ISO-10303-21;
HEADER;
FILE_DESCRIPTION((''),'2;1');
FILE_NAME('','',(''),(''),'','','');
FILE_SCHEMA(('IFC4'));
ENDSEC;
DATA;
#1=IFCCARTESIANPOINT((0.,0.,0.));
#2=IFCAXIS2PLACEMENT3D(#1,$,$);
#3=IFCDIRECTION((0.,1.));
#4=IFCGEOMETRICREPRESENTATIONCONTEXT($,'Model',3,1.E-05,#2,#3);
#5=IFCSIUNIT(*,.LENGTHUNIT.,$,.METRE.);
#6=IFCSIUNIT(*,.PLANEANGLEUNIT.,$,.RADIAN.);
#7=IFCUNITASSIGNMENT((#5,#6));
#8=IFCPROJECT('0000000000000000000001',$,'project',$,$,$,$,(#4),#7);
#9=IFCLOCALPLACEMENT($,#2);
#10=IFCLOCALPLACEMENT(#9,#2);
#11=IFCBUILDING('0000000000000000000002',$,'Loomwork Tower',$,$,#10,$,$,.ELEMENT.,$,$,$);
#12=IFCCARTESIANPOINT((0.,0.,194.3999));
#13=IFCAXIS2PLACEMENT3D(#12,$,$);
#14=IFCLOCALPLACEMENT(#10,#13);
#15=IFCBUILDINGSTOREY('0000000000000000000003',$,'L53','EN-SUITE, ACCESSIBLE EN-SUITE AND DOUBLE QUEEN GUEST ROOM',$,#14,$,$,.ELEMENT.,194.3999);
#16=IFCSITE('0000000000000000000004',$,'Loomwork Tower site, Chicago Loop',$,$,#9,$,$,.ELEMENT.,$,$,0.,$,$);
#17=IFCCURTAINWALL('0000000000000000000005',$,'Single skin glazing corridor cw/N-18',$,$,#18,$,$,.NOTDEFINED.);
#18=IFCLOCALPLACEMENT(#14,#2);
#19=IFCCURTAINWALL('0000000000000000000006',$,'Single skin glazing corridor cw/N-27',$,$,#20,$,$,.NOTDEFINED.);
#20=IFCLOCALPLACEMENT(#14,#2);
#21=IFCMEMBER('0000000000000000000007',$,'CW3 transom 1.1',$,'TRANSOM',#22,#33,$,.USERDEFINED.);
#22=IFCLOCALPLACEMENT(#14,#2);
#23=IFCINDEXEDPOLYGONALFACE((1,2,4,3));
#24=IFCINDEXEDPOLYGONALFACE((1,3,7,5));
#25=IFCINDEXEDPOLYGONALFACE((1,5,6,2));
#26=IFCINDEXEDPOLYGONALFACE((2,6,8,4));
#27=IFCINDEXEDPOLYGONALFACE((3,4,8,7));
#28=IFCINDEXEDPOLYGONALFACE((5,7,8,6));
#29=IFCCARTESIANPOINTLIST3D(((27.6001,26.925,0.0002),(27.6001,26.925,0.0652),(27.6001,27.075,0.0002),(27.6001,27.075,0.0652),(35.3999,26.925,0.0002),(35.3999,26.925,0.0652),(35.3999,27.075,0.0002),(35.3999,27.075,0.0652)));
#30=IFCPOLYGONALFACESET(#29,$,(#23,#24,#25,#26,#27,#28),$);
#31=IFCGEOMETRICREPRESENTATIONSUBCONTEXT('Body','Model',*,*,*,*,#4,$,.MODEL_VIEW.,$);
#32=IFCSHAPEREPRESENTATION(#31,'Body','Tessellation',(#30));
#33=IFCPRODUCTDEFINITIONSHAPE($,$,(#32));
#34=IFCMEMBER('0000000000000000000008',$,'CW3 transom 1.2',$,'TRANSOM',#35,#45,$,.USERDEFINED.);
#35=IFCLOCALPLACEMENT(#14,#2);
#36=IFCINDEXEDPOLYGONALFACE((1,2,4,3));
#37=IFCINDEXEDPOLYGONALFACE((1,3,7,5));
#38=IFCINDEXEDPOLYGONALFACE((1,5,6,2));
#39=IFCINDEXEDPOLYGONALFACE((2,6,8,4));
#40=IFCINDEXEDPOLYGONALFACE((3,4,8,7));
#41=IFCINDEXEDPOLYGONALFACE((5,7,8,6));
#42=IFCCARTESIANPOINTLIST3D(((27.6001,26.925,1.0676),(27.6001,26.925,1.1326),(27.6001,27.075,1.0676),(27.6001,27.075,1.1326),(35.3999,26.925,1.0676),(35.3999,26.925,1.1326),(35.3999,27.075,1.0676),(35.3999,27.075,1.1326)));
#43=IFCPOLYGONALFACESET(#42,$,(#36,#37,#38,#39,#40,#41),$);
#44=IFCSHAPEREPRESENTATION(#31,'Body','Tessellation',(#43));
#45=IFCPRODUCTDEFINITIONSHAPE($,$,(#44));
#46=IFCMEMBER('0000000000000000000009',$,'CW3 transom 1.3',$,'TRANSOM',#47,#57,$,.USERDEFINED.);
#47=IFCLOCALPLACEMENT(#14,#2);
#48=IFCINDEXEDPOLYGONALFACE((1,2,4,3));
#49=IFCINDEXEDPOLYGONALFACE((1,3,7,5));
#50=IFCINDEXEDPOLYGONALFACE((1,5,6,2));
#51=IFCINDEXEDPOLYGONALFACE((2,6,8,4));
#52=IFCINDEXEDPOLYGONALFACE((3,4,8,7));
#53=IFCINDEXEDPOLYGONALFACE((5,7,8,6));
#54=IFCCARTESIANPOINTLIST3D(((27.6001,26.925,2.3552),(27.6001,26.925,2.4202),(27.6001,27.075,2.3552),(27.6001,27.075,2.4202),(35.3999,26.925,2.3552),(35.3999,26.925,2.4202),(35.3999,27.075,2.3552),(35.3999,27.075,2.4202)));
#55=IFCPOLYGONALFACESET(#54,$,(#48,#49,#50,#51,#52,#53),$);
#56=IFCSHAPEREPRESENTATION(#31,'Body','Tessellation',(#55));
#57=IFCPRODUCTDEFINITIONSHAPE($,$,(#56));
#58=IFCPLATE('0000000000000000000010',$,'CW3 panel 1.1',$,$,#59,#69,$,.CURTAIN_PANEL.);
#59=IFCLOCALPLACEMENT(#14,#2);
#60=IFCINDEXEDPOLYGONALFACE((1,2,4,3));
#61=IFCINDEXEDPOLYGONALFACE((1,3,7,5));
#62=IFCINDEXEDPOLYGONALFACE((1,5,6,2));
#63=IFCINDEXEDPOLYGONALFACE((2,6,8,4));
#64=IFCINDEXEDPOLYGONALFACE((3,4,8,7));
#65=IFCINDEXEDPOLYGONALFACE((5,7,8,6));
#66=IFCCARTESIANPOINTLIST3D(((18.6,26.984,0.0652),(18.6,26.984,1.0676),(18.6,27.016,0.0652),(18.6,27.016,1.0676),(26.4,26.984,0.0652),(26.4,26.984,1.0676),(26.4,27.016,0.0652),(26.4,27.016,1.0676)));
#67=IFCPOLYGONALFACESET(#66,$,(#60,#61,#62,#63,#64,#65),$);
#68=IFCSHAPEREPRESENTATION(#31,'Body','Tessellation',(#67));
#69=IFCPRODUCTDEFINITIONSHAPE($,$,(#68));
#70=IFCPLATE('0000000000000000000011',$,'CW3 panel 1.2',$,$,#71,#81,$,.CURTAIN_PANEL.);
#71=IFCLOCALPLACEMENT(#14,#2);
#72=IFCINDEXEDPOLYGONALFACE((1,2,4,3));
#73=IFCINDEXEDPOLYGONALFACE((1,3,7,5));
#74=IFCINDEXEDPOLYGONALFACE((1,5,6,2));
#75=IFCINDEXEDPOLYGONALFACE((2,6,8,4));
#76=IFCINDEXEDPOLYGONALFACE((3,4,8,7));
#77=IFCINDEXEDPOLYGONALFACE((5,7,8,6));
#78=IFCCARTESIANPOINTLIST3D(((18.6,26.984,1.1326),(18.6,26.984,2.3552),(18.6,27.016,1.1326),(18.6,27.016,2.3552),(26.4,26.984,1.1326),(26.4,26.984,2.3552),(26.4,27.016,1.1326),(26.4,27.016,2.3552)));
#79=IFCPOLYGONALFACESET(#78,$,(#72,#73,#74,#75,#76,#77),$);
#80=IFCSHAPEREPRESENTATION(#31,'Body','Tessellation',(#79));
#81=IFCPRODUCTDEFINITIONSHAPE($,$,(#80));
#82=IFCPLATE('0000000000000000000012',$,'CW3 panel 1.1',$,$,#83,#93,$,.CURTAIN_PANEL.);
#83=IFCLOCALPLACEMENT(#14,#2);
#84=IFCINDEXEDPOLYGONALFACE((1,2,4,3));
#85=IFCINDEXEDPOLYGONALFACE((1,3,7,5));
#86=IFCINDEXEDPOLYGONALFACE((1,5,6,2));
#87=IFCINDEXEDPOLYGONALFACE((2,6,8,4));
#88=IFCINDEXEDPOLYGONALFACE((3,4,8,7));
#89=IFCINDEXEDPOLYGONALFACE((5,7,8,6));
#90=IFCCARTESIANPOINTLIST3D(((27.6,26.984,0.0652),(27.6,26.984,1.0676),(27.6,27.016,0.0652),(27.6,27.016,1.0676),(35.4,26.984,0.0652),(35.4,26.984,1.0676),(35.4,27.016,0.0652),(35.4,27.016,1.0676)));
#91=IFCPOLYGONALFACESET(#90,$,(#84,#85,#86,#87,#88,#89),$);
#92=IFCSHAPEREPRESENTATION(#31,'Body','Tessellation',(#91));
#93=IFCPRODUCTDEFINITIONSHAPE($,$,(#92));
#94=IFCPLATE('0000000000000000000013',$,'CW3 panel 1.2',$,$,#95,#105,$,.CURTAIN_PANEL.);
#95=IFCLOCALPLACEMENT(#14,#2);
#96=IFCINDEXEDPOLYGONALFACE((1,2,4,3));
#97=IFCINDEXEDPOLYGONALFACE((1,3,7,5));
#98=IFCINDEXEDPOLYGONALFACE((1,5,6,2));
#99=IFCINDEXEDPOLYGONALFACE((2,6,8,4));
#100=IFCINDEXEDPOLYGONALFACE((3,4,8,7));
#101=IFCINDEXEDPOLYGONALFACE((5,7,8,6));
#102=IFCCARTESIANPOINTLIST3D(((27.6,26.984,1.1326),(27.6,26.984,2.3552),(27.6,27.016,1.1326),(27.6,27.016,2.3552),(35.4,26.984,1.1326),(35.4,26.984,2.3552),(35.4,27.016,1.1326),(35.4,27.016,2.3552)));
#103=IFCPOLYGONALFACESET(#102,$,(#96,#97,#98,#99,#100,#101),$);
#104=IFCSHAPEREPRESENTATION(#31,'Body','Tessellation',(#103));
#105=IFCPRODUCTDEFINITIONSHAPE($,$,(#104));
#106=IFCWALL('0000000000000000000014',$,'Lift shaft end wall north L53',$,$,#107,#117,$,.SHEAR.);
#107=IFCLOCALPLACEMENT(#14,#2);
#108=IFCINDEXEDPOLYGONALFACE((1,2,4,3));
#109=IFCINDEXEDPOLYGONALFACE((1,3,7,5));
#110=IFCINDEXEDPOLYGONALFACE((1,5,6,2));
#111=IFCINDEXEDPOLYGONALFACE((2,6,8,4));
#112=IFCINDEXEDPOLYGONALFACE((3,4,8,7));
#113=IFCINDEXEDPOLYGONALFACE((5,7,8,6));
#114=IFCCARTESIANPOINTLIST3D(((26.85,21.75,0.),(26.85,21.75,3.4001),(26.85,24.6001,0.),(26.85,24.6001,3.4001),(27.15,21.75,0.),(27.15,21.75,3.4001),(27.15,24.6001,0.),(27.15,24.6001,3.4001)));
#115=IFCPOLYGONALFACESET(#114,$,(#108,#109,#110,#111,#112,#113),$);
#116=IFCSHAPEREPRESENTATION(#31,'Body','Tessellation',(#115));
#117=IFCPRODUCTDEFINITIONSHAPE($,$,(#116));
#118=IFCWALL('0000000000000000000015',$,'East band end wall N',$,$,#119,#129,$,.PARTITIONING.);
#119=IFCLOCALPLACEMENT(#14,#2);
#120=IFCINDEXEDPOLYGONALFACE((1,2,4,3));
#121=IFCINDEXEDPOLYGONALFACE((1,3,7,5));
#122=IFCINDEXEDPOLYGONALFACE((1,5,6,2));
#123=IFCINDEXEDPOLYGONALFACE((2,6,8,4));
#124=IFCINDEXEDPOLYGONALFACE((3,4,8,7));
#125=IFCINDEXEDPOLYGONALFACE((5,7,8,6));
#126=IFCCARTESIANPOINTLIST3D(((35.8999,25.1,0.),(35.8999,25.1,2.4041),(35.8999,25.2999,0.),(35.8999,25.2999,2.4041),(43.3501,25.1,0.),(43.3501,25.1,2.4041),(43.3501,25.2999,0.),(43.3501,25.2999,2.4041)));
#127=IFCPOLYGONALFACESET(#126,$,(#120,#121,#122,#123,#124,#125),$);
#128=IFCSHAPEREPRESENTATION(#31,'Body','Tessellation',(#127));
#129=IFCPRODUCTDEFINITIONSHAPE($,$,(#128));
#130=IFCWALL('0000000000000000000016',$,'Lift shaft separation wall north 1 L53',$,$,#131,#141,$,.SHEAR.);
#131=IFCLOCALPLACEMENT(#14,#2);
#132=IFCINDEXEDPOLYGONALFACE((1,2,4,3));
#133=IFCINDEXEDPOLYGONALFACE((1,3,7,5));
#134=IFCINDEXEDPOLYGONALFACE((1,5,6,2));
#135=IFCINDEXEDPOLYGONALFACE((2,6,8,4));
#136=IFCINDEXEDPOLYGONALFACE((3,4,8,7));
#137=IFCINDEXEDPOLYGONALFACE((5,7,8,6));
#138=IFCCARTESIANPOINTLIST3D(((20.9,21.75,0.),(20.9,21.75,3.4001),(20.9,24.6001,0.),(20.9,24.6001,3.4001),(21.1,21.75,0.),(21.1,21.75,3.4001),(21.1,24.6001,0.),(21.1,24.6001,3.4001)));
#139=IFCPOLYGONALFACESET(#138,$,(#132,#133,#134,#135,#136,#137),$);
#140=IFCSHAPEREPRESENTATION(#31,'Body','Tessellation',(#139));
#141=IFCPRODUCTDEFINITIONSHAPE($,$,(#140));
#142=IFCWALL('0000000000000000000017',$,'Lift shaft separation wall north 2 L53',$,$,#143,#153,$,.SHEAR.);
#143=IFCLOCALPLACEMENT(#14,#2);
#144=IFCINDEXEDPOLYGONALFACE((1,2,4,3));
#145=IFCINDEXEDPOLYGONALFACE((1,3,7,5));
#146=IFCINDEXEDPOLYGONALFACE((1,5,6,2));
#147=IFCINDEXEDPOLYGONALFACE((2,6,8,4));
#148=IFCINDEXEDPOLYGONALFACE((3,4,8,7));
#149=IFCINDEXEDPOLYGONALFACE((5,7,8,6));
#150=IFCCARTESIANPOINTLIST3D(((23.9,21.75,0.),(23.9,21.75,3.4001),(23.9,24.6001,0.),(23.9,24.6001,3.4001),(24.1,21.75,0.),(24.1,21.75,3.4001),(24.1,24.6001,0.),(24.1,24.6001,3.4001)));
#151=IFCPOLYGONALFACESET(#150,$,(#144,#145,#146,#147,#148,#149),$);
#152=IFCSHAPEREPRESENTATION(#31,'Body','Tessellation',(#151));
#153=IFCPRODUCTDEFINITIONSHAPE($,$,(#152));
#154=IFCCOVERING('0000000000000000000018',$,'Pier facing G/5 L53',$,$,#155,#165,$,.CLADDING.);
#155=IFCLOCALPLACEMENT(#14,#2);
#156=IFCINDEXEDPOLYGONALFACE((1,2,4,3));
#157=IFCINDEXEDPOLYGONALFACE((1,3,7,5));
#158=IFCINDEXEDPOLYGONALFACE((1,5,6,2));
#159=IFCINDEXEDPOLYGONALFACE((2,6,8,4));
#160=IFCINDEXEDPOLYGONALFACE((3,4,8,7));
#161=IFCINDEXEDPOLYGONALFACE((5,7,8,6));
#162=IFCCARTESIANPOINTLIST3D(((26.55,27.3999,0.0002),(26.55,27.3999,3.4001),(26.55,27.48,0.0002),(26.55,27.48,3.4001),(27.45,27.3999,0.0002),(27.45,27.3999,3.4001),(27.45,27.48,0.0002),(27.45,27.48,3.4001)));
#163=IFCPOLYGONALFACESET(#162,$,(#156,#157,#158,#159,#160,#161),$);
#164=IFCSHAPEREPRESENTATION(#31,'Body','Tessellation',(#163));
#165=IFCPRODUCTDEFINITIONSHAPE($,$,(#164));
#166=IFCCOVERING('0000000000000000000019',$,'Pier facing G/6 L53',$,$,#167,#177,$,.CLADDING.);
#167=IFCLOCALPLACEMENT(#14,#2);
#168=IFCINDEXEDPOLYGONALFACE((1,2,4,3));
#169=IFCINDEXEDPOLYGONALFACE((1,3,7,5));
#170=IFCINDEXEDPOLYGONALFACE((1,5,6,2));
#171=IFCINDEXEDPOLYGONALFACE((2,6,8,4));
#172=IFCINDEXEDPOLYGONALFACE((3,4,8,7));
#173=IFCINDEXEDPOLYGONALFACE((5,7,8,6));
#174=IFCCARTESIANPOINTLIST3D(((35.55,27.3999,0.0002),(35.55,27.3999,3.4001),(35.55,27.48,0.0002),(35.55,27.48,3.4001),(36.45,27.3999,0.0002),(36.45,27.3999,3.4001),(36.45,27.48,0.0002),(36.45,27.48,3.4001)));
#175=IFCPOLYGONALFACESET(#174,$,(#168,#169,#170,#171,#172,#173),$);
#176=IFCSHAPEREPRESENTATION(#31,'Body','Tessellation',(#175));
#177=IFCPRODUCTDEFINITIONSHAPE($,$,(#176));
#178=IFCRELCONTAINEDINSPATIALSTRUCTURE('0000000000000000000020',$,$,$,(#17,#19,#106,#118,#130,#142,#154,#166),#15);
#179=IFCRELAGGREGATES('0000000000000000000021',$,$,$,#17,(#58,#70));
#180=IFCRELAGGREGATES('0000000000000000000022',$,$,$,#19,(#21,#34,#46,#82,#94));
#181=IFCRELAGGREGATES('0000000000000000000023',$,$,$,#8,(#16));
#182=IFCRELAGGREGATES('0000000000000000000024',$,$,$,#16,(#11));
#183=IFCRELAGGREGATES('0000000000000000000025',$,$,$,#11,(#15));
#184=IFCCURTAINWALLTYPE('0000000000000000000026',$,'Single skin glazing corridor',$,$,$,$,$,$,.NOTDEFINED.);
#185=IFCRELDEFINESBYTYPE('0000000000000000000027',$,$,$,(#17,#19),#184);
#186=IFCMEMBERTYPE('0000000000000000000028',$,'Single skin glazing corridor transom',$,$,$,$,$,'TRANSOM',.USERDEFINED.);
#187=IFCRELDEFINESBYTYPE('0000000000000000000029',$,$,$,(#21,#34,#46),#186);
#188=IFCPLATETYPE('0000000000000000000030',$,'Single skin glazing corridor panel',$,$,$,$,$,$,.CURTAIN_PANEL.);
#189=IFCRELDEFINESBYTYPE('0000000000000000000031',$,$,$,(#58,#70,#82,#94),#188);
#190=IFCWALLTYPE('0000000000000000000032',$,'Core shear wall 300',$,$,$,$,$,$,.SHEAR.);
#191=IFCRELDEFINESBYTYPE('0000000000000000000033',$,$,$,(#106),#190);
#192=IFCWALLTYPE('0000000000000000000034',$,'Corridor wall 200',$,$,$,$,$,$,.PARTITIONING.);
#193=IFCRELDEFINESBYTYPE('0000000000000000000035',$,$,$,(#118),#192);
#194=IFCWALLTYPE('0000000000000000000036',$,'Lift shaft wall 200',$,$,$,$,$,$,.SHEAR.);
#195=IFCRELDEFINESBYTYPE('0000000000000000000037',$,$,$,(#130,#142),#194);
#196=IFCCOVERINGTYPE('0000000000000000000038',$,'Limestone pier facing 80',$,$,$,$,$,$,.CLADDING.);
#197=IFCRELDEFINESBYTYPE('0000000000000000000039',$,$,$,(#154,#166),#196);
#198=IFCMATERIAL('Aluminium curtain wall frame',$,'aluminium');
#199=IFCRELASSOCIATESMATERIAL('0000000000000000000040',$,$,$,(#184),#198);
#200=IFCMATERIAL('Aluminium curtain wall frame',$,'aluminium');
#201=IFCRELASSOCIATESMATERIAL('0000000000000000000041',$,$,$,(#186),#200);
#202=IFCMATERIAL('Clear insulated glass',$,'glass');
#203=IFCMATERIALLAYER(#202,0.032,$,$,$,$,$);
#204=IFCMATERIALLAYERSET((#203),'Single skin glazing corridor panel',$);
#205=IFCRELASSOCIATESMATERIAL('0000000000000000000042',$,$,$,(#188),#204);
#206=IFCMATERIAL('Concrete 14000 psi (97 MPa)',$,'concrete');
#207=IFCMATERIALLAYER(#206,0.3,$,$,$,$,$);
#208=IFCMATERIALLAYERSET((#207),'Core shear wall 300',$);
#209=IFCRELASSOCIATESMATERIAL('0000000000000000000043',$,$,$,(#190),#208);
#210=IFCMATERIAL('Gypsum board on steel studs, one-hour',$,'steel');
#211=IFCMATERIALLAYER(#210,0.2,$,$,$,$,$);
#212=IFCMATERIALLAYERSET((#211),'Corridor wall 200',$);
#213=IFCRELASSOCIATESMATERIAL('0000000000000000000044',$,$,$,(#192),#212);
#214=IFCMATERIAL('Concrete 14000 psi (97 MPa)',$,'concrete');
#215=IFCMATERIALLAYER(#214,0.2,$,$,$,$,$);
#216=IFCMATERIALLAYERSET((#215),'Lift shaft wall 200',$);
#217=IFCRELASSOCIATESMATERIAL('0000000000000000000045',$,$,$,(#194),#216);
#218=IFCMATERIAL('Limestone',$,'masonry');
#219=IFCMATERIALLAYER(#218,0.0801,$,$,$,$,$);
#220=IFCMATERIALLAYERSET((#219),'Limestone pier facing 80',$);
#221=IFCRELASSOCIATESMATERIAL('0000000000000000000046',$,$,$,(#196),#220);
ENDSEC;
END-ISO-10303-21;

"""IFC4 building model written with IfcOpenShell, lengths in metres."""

from ifc_helpers import new_model, si_unit, direction, frame, frame_2d, origin, origin_2d, place, context, subcontext, project, spatial, rectangle, extrude, material, layer, layer_set, material_profile, profile_set, type_object, element, aggregate, save


model = new_model("IFC4")

# Units and contexts
model_context = context("Model", 3, precision=1e-05, world=origin(), true_north=direction((0.0, 1.0)))
body_context = subcontext(model_context, "Body", "Model", "MODEL_VIEW")
ifc_project = project(units=[si_unit("LENGTHUNIT", "METRE"), si_unit("PLANEANGLEUNIT", "RADIAN")], contexts=[model_context])

# Site, building, storey
site_placement = place(None, origin())
site = spatial("IfcSite", under=ifc_project, at=site_placement, Name="Loomwork Tower site, Chicago Loop", CompositionType="ELEMENT", RefElevation=0.0)
building_placement = place(site_placement, origin())
building = spatial("IfcBuilding", under=site, at=building_placement, Name="Loomwork Tower", CompositionType="ELEMENT")
storey_placement = place(building_placement, frame((0.0, 0.0, 194.3999)))
storey = spatial("IfcBuildingStorey", under=building, at=storey_placement, Name="L53", Description="EN-SUITE, ACCESSIBLE EN-SUITE AND DOUBLE QUEEN GUEST ROOM", CompositionType="ELEMENT", Elevation=194.3999)

# Curtain wall
ifc_material_1 = material(Name="Aluminium curtain wall frame", Category="aluminium")
curtain_wall_type = type_object("IfcCurtainWallType", Name="Single skin glazing corridor", PredefinedType="NOTDEFINED", material=ifc_material_1)
curtain_wall_1_placement = place(storey_placement, origin())
curtain_wall_1 = element("IfcCurtainWall", 1, at=curtain_wall_1_placement, inside=storey, type_object=curtain_wall_type, Name="Single skin glazing corridor cw/N-18", PredefinedType="NOTDEFINED")

# Curtain wall
curtain_wall_2_placement = place(storey_placement, origin())
curtain_wall_2 = element("IfcCurtainWall", 2, at=curtain_wall_2_placement, inside=storey, type_object=curtain_wall_type, Name="Single skin glazing corridor cw/N-27", PredefinedType="NOTDEFINED")

# Members
ifc_material_2 = material(Name="Aluminium curtain wall frame", Category="aluminium")
ifc_material_profile_1 = material_profile(ifc_material_2, rectangle(XDim=0.1499, YDim=0.0649, at=origin_2d()), Name="AL 65x150")
ifc_profile_set_1 = profile_set([ifc_material_profile_1], Name="Aluminium curtain wall frame")
member_type_1 = type_object("IfcMemberType", Name="Single skin glazing corridor transom", ElementType="TRANSOM", PredefinedType="USERDEFINED", material=ifc_profile_set_1)
member_1_placement = place(storey_placement, frame((35.3999, 27.0, 0.0327), z_axis=(-1.0, 0.0, 0.0), x_axis=(0.0, -1.0, 0.0)))
member_1 = element("IfcMember", 3, at=member_1_placement, type_object=member_type_1, Name="CW3 transom 1.1", ObjectType="TRANSOM", PredefinedType="USERDEFINED", context=body_context, shape_type="SweptSolid", body=[
    extrude(rectangle(XDim=0.1499, YDim=0.0649, at=origin_2d()), origin(), (0.0, 0.0, 1.0), 7.7998),
])
member_2_placement = place(storey_placement, frame((35.3999, 27.0, 1.1001), z_axis=(-1.0, 0.0, 0.0), x_axis=(0.0, -1.0, 0.0)))
member_2 = element("IfcMember", 4, at=member_2_placement, type_object=member_type_1, Name="CW3 transom 1.2", ObjectType="TRANSOM", PredefinedType="USERDEFINED", context=body_context, shape_type="SweptSolid", body=[
    extrude(rectangle(XDim=0.1499, YDim=0.0649, at=origin_2d()), origin(), (0.0, 0.0, 1.0), 7.7998),
])
member_3_placement = place(storey_placement, frame((35.3999, 27.0, 2.3877), z_axis=(-1.0, 0.0, 0.0), x_axis=(0.0, -1.0, 0.0)))
member_3 = element("IfcMember", 5, at=member_3_placement, type_object=member_type_1, Name="CW3 transom 1.3", ObjectType="TRANSOM", PredefinedType="USERDEFINED", context=body_context, shape_type="SweptSolid", body=[
    extrude(rectangle(XDim=0.1499, YDim=0.0649, at=origin_2d()), origin(), (0.0, 0.0, 1.0), 7.7998),
])

# Plates
ifc_material_3 = material(Name="Clear insulated glass", Category="glass")
ifc_layer_1 = layer(ifc_material_3, 0.032)
ifc_layer_set_1 = layer_set([ifc_layer_1], Name="Single skin glazing corridor panel")
plate_type = type_object("IfcPlateType", Name="Single skin glazing corridor panel", PredefinedType="CURTAIN_PANEL", material=ifc_layer_set_1)
plate_1_placement = place(storey_placement, frame((22.5, 27.0, 0.0652), z_axis=(0.0, 0.0, 1.0), x_axis=(-1.0, 0.0, 0.0)))
plate_1 = element("IfcPlate", 6, at=plate_1_placement, type_object=plate_type, Name="CW3 panel 1.1", PredefinedType="CURTAIN_PANEL", context=body_context, shape_type="SweptSolid", body=[
    extrude(rectangle(XDim=7.8, YDim=0.032, at=origin_2d()), origin(), (0.0, 0.0, 1.0), 1.0024),
])
plate_2_placement = place(storey_placement, frame((22.5, 27.0, 1.1326), z_axis=(0.0, 0.0, 1.0), x_axis=(-1.0, 0.0, 0.0)))
plate_2 = element("IfcPlate", 7, at=plate_2_placement, type_object=plate_type, Name="CW3 panel 1.2", PredefinedType="CURTAIN_PANEL", context=body_context, shape_type="SweptSolid", body=[
    extrude(rectangle(XDim=7.8, YDim=0.032, at=origin_2d()), origin(), (0.0, 0.0, 1.0), 1.2227),
])
aggregate(curtain_wall_1, [plate_1, plate_2])
plate_3_placement = place(storey_placement, frame((31.5, 27.0, 0.0652), z_axis=(0.0, 0.0, 1.0), x_axis=(-1.0, 0.0, 0.0)))
plate_3 = element("IfcPlate", 8, at=plate_3_placement, type_object=plate_type, Name="CW3 panel 1.1", PredefinedType="CURTAIN_PANEL", context=body_context, shape_type="SweptSolid", body=[
    extrude(rectangle(XDim=7.8, YDim=0.032, at=origin_2d()), origin(), (0.0, 0.0, 1.0), 1.0024),
])
plate_4_placement = place(storey_placement, frame((31.5, 27.0, 1.1326), z_axis=(0.0, 0.0, 1.0), x_axis=(-1.0, 0.0, 0.0)))
plate_4 = element("IfcPlate", 9, at=plate_4_placement, type_object=plate_type, Name="CW3 panel 1.2", PredefinedType="CURTAIN_PANEL", context=body_context, shape_type="SweptSolid", body=[
    extrude(rectangle(XDim=7.8, YDim=0.032, at=origin_2d()), origin(), (0.0, 0.0, 1.0), 1.2227),
])
aggregate(curtain_wall_2, [member_1, member_2, member_3, plate_3, plate_4])

# Walls
ifc_material_4 = material(Name="Concrete 14000 psi (97 MPa)", Category="concrete")
ifc_layer_2 = layer(ifc_material_4, 0.3)
ifc_layer_set_2 = layer_set([ifc_layer_2], Name="Core shear wall 300")
wall_type_1 = type_object("IfcWallType", Name="Core shear wall 300", PredefinedType="SHEAR", material=ifc_layer_set_2)
wall_1_placement = place(storey_placement, frame((27.0, 21.75, 0.0), z_axis=(0.0, 0.0, 1.0), x_axis=(0.0, 1.0, 0.0)))
element("IfcWall", 10, at=wall_1_placement, inside=storey, type_object=wall_type_1, Name="Lift shaft end wall north L53", PredefinedType="SHEAR", context=body_context, shape_type="SweptSolid", body=[
    extrude(rectangle(XDim=2.8501, YDim=0.3, at=frame_2d((1.425, 0.0))), origin(), (0.0, 0.0, 1.0), 3.4001),
])
ifc_material_5 = material(Name="Gypsum board on steel studs, one-hour", Category="steel")
ifc_layer_3 = layer(ifc_material_5, 0.2)
ifc_layer_set_3 = layer_set([ifc_layer_3], Name="Corridor wall 200")
wall_type_2 = type_object("IfcWallType", Name="Corridor wall 200", PredefinedType="PARTITIONING", material=ifc_layer_set_3)
wall_2_placement = place(storey_placement, frame((35.8999, 25.2, 0.0), z_axis=(0.0, 0.0, 1.0), x_axis=(1.0, 0.0, 0.0)))
element("IfcWall", 11, at=wall_2_placement, inside=storey, type_object=wall_type_2, Name="East band end wall N", PredefinedType="PARTITIONING", context=body_context, shape_type="SweptSolid", body=[
    extrude(rectangle(XDim=7.4502, YDim=0.2, at=frame_2d((3.7251, 0.0))), origin(), (0.0, 0.0, 1.0), 2.4041),
])
ifc_material_6 = material(Name="Concrete 14000 psi (97 MPa)", Category="concrete")
ifc_layer_4 = layer(ifc_material_6, 0.2)
ifc_layer_set_4 = layer_set([ifc_layer_4], Name="Lift shaft wall 200")
wall_type_3 = type_object("IfcWallType", Name="Lift shaft wall 200", PredefinedType="SHEAR", material=ifc_layer_set_4)
for number, where, z_axis, x_axis, name in (
    (12, (21.0, 21.75, 0.0), (0.0, 0.0, 1.0), (0.0, 1.0, 0.0), "Lift shaft separation wall north 1 L53"),
    (13, (24.0, 21.75, 0.0), (0.0, 0.0, 1.0), (0.0, 1.0, 0.0), "Lift shaft separation wall north 2 L53"),
):
    element("IfcWall", number, at=place(storey_placement, frame(where, z_axis=z_axis, x_axis=x_axis)), inside=storey, type_object=wall_type_3, Name=name, PredefinedType="SHEAR", context=body_context, shape_type="SweptSolid", body=[
        extrude(rectangle(XDim=2.8501, YDim=0.2, at=frame_2d((1.425, 0.0))), origin(), (0.0, 0.0, 1.0), 3.4001),
    ])

# Coverings
ifc_material_7 = material(Name="Limestone", Category="masonry")
ifc_layer_5 = layer(ifc_material_7, 0.0801)
ifc_layer_set_5 = layer_set([ifc_layer_5], Name="Limestone pier facing 80")
covering_type = type_object("IfcCoveringType", Name="Limestone pier facing 80", PredefinedType="CLADDING", material=ifc_layer_set_5)
for number, where, z_axis, x_axis, name in (
    (14, (27.0, 27.4399, 0.0002), (0.0, 0.0, 1.0), (1.0, 0.0, 0.0), "Pier facing G/5 L53"),
    (15, (36.0, 27.4399, 0.0002), (0.0, 0.0, 1.0), (1.0, 0.0, 0.0), "Pier facing G/6 L53"),
):
    element("IfcCovering", number, at=place(storey_placement, frame(where, z_axis=z_axis, x_axis=x_axis)), inside=storey, type_object=covering_type, Name=name, PredefinedType="CLADDING", context=body_context, shape_type="SweptSolid", body=[
        extrude(rectangle(XDim=0.8999, YDim=0.0801, at=origin_2d()), origin(), (0.0, 0.0, 1.0), 3.3999),
    ])

save(model, "model.ifc")
